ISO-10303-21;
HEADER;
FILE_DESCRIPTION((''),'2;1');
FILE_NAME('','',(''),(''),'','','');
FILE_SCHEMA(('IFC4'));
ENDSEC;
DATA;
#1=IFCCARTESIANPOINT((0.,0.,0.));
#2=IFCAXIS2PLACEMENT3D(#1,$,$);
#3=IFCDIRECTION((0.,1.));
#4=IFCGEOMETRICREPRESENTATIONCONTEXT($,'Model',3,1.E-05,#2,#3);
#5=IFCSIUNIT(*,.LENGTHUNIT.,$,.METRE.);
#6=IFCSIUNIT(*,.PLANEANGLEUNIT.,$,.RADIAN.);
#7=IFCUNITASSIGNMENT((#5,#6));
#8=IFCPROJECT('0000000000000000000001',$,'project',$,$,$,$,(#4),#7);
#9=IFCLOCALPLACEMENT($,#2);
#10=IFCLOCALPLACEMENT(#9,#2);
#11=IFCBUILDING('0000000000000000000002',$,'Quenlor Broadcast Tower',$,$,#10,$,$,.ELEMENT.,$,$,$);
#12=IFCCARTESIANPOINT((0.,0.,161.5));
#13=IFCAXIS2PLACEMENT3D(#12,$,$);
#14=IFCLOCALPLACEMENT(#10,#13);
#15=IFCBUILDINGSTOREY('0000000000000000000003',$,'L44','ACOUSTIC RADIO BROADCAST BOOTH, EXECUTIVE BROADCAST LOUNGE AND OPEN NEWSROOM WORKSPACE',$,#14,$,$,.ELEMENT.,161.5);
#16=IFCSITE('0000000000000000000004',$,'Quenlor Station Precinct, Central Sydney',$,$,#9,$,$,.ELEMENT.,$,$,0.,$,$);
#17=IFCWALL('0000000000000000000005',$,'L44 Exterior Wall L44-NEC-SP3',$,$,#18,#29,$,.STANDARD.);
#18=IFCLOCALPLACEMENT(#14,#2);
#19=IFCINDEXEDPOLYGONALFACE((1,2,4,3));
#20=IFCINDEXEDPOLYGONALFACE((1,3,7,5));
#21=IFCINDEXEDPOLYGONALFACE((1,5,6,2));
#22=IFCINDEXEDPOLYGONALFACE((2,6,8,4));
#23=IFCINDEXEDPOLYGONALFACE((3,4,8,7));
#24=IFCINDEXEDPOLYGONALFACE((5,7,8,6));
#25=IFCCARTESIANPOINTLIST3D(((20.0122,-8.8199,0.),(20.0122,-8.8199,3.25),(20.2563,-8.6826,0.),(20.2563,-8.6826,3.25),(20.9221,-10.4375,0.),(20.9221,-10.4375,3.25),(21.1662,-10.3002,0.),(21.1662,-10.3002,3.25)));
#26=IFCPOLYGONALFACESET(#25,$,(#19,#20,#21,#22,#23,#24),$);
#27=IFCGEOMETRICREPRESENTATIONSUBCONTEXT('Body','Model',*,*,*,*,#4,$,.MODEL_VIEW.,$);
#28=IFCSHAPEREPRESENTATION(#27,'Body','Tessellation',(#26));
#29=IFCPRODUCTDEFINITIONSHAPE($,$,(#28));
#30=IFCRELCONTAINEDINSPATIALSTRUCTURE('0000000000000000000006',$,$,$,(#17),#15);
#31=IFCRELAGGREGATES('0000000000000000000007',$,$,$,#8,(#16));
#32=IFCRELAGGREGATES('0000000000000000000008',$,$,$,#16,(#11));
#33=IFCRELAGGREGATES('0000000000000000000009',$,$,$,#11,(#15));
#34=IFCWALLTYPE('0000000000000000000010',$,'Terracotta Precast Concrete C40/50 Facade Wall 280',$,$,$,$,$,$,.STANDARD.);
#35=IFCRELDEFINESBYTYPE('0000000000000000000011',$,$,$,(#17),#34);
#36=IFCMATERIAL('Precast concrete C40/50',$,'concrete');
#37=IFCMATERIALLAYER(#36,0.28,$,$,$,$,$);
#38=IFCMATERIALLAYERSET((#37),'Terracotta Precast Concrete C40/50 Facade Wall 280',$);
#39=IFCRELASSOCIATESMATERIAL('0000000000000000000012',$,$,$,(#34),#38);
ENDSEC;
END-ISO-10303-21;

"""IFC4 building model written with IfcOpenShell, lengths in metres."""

from ifc_helpers import new_model, si_unit, direction, frame, frame_2d, origin, place, context, subcontext, project, spatial, rectangle, extrude, material, layer, layer_set, type_object, element, save


model = new_model("IFC4")

# Units and contexts
model_context = context("Model", 3, precision=1e-05, world=origin(), true_north=direction((0.0, 1.0)))
body_context = subcontext(model_context, "Body", "Model", "MODEL_VIEW")
ifc_project = project(units=[si_unit("LENGTHUNIT", "METRE"), si_unit("PLANEANGLEUNIT", "RADIAN")], contexts=[model_context])

# Site, building, storey
site_placement = place(None, origin())
site = spatial("IfcSite", under=ifc_project, at=site_placement, Name="Quenlor Station Precinct, Central Sydney", CompositionType="ELEMENT", RefElevation=0.0)
building_placement = place(site_placement, origin())
building = spatial("IfcBuilding", under=site, at=building_placement, Name="Quenlor Broadcast Tower", CompositionType="ELEMENT")
storey_placement = place(building_placement, frame((0.0, 0.0, 161.5)))
storey = spatial("IfcBuildingStorey", under=building, at=storey_placement, Name="L44", Description="ACOUSTIC RADIO BROADCAST BOOTH, EXECUTIVE BROADCAST LOUNGE AND OPEN NEWSROOM WORKSPACE", CompositionType="ELEMENT", Elevation=161.5)

# Wall
ifc_material_1 = material(Name="Precast concrete C40/50", Category="concrete")
ifc_layer_1 = layer(ifc_material_1, 0.28)
ifc_layer_set_1 = layer_set([ifc_layer_1], Name="Terracotta Precast Concrete C40/50 Facade Wall 280")
wall_type_1 = type_object("IfcWallType", Name="Terracotta Precast Concrete C40/50 Facade Wall 280", PredefinedType="STANDARD", material=ifc_layer_set_1)
wall_1_placement = place(storey_placement, frame((20.1343, -8.7512, 0.0), z_axis=(0.0, 0.0, 1.0), x_axis=(0.490249, -0.871583, 0.0)))
element("IfcWall", 1, at=wall_1_placement, inside=storey, type_object=wall_type_1, Name="L44 Exterior Wall L44-NEC-SP3", PredefinedType="STANDARD", context=body_context, shape_type="SweptSolid", body=[
    extrude(rectangle(XDim=1.856, YDim=0.28, at=frame_2d((0.928, 0.0))), origin(), (0.0, 0.0, 1.0), 3.25),
])

save(model, "model.ifc")
